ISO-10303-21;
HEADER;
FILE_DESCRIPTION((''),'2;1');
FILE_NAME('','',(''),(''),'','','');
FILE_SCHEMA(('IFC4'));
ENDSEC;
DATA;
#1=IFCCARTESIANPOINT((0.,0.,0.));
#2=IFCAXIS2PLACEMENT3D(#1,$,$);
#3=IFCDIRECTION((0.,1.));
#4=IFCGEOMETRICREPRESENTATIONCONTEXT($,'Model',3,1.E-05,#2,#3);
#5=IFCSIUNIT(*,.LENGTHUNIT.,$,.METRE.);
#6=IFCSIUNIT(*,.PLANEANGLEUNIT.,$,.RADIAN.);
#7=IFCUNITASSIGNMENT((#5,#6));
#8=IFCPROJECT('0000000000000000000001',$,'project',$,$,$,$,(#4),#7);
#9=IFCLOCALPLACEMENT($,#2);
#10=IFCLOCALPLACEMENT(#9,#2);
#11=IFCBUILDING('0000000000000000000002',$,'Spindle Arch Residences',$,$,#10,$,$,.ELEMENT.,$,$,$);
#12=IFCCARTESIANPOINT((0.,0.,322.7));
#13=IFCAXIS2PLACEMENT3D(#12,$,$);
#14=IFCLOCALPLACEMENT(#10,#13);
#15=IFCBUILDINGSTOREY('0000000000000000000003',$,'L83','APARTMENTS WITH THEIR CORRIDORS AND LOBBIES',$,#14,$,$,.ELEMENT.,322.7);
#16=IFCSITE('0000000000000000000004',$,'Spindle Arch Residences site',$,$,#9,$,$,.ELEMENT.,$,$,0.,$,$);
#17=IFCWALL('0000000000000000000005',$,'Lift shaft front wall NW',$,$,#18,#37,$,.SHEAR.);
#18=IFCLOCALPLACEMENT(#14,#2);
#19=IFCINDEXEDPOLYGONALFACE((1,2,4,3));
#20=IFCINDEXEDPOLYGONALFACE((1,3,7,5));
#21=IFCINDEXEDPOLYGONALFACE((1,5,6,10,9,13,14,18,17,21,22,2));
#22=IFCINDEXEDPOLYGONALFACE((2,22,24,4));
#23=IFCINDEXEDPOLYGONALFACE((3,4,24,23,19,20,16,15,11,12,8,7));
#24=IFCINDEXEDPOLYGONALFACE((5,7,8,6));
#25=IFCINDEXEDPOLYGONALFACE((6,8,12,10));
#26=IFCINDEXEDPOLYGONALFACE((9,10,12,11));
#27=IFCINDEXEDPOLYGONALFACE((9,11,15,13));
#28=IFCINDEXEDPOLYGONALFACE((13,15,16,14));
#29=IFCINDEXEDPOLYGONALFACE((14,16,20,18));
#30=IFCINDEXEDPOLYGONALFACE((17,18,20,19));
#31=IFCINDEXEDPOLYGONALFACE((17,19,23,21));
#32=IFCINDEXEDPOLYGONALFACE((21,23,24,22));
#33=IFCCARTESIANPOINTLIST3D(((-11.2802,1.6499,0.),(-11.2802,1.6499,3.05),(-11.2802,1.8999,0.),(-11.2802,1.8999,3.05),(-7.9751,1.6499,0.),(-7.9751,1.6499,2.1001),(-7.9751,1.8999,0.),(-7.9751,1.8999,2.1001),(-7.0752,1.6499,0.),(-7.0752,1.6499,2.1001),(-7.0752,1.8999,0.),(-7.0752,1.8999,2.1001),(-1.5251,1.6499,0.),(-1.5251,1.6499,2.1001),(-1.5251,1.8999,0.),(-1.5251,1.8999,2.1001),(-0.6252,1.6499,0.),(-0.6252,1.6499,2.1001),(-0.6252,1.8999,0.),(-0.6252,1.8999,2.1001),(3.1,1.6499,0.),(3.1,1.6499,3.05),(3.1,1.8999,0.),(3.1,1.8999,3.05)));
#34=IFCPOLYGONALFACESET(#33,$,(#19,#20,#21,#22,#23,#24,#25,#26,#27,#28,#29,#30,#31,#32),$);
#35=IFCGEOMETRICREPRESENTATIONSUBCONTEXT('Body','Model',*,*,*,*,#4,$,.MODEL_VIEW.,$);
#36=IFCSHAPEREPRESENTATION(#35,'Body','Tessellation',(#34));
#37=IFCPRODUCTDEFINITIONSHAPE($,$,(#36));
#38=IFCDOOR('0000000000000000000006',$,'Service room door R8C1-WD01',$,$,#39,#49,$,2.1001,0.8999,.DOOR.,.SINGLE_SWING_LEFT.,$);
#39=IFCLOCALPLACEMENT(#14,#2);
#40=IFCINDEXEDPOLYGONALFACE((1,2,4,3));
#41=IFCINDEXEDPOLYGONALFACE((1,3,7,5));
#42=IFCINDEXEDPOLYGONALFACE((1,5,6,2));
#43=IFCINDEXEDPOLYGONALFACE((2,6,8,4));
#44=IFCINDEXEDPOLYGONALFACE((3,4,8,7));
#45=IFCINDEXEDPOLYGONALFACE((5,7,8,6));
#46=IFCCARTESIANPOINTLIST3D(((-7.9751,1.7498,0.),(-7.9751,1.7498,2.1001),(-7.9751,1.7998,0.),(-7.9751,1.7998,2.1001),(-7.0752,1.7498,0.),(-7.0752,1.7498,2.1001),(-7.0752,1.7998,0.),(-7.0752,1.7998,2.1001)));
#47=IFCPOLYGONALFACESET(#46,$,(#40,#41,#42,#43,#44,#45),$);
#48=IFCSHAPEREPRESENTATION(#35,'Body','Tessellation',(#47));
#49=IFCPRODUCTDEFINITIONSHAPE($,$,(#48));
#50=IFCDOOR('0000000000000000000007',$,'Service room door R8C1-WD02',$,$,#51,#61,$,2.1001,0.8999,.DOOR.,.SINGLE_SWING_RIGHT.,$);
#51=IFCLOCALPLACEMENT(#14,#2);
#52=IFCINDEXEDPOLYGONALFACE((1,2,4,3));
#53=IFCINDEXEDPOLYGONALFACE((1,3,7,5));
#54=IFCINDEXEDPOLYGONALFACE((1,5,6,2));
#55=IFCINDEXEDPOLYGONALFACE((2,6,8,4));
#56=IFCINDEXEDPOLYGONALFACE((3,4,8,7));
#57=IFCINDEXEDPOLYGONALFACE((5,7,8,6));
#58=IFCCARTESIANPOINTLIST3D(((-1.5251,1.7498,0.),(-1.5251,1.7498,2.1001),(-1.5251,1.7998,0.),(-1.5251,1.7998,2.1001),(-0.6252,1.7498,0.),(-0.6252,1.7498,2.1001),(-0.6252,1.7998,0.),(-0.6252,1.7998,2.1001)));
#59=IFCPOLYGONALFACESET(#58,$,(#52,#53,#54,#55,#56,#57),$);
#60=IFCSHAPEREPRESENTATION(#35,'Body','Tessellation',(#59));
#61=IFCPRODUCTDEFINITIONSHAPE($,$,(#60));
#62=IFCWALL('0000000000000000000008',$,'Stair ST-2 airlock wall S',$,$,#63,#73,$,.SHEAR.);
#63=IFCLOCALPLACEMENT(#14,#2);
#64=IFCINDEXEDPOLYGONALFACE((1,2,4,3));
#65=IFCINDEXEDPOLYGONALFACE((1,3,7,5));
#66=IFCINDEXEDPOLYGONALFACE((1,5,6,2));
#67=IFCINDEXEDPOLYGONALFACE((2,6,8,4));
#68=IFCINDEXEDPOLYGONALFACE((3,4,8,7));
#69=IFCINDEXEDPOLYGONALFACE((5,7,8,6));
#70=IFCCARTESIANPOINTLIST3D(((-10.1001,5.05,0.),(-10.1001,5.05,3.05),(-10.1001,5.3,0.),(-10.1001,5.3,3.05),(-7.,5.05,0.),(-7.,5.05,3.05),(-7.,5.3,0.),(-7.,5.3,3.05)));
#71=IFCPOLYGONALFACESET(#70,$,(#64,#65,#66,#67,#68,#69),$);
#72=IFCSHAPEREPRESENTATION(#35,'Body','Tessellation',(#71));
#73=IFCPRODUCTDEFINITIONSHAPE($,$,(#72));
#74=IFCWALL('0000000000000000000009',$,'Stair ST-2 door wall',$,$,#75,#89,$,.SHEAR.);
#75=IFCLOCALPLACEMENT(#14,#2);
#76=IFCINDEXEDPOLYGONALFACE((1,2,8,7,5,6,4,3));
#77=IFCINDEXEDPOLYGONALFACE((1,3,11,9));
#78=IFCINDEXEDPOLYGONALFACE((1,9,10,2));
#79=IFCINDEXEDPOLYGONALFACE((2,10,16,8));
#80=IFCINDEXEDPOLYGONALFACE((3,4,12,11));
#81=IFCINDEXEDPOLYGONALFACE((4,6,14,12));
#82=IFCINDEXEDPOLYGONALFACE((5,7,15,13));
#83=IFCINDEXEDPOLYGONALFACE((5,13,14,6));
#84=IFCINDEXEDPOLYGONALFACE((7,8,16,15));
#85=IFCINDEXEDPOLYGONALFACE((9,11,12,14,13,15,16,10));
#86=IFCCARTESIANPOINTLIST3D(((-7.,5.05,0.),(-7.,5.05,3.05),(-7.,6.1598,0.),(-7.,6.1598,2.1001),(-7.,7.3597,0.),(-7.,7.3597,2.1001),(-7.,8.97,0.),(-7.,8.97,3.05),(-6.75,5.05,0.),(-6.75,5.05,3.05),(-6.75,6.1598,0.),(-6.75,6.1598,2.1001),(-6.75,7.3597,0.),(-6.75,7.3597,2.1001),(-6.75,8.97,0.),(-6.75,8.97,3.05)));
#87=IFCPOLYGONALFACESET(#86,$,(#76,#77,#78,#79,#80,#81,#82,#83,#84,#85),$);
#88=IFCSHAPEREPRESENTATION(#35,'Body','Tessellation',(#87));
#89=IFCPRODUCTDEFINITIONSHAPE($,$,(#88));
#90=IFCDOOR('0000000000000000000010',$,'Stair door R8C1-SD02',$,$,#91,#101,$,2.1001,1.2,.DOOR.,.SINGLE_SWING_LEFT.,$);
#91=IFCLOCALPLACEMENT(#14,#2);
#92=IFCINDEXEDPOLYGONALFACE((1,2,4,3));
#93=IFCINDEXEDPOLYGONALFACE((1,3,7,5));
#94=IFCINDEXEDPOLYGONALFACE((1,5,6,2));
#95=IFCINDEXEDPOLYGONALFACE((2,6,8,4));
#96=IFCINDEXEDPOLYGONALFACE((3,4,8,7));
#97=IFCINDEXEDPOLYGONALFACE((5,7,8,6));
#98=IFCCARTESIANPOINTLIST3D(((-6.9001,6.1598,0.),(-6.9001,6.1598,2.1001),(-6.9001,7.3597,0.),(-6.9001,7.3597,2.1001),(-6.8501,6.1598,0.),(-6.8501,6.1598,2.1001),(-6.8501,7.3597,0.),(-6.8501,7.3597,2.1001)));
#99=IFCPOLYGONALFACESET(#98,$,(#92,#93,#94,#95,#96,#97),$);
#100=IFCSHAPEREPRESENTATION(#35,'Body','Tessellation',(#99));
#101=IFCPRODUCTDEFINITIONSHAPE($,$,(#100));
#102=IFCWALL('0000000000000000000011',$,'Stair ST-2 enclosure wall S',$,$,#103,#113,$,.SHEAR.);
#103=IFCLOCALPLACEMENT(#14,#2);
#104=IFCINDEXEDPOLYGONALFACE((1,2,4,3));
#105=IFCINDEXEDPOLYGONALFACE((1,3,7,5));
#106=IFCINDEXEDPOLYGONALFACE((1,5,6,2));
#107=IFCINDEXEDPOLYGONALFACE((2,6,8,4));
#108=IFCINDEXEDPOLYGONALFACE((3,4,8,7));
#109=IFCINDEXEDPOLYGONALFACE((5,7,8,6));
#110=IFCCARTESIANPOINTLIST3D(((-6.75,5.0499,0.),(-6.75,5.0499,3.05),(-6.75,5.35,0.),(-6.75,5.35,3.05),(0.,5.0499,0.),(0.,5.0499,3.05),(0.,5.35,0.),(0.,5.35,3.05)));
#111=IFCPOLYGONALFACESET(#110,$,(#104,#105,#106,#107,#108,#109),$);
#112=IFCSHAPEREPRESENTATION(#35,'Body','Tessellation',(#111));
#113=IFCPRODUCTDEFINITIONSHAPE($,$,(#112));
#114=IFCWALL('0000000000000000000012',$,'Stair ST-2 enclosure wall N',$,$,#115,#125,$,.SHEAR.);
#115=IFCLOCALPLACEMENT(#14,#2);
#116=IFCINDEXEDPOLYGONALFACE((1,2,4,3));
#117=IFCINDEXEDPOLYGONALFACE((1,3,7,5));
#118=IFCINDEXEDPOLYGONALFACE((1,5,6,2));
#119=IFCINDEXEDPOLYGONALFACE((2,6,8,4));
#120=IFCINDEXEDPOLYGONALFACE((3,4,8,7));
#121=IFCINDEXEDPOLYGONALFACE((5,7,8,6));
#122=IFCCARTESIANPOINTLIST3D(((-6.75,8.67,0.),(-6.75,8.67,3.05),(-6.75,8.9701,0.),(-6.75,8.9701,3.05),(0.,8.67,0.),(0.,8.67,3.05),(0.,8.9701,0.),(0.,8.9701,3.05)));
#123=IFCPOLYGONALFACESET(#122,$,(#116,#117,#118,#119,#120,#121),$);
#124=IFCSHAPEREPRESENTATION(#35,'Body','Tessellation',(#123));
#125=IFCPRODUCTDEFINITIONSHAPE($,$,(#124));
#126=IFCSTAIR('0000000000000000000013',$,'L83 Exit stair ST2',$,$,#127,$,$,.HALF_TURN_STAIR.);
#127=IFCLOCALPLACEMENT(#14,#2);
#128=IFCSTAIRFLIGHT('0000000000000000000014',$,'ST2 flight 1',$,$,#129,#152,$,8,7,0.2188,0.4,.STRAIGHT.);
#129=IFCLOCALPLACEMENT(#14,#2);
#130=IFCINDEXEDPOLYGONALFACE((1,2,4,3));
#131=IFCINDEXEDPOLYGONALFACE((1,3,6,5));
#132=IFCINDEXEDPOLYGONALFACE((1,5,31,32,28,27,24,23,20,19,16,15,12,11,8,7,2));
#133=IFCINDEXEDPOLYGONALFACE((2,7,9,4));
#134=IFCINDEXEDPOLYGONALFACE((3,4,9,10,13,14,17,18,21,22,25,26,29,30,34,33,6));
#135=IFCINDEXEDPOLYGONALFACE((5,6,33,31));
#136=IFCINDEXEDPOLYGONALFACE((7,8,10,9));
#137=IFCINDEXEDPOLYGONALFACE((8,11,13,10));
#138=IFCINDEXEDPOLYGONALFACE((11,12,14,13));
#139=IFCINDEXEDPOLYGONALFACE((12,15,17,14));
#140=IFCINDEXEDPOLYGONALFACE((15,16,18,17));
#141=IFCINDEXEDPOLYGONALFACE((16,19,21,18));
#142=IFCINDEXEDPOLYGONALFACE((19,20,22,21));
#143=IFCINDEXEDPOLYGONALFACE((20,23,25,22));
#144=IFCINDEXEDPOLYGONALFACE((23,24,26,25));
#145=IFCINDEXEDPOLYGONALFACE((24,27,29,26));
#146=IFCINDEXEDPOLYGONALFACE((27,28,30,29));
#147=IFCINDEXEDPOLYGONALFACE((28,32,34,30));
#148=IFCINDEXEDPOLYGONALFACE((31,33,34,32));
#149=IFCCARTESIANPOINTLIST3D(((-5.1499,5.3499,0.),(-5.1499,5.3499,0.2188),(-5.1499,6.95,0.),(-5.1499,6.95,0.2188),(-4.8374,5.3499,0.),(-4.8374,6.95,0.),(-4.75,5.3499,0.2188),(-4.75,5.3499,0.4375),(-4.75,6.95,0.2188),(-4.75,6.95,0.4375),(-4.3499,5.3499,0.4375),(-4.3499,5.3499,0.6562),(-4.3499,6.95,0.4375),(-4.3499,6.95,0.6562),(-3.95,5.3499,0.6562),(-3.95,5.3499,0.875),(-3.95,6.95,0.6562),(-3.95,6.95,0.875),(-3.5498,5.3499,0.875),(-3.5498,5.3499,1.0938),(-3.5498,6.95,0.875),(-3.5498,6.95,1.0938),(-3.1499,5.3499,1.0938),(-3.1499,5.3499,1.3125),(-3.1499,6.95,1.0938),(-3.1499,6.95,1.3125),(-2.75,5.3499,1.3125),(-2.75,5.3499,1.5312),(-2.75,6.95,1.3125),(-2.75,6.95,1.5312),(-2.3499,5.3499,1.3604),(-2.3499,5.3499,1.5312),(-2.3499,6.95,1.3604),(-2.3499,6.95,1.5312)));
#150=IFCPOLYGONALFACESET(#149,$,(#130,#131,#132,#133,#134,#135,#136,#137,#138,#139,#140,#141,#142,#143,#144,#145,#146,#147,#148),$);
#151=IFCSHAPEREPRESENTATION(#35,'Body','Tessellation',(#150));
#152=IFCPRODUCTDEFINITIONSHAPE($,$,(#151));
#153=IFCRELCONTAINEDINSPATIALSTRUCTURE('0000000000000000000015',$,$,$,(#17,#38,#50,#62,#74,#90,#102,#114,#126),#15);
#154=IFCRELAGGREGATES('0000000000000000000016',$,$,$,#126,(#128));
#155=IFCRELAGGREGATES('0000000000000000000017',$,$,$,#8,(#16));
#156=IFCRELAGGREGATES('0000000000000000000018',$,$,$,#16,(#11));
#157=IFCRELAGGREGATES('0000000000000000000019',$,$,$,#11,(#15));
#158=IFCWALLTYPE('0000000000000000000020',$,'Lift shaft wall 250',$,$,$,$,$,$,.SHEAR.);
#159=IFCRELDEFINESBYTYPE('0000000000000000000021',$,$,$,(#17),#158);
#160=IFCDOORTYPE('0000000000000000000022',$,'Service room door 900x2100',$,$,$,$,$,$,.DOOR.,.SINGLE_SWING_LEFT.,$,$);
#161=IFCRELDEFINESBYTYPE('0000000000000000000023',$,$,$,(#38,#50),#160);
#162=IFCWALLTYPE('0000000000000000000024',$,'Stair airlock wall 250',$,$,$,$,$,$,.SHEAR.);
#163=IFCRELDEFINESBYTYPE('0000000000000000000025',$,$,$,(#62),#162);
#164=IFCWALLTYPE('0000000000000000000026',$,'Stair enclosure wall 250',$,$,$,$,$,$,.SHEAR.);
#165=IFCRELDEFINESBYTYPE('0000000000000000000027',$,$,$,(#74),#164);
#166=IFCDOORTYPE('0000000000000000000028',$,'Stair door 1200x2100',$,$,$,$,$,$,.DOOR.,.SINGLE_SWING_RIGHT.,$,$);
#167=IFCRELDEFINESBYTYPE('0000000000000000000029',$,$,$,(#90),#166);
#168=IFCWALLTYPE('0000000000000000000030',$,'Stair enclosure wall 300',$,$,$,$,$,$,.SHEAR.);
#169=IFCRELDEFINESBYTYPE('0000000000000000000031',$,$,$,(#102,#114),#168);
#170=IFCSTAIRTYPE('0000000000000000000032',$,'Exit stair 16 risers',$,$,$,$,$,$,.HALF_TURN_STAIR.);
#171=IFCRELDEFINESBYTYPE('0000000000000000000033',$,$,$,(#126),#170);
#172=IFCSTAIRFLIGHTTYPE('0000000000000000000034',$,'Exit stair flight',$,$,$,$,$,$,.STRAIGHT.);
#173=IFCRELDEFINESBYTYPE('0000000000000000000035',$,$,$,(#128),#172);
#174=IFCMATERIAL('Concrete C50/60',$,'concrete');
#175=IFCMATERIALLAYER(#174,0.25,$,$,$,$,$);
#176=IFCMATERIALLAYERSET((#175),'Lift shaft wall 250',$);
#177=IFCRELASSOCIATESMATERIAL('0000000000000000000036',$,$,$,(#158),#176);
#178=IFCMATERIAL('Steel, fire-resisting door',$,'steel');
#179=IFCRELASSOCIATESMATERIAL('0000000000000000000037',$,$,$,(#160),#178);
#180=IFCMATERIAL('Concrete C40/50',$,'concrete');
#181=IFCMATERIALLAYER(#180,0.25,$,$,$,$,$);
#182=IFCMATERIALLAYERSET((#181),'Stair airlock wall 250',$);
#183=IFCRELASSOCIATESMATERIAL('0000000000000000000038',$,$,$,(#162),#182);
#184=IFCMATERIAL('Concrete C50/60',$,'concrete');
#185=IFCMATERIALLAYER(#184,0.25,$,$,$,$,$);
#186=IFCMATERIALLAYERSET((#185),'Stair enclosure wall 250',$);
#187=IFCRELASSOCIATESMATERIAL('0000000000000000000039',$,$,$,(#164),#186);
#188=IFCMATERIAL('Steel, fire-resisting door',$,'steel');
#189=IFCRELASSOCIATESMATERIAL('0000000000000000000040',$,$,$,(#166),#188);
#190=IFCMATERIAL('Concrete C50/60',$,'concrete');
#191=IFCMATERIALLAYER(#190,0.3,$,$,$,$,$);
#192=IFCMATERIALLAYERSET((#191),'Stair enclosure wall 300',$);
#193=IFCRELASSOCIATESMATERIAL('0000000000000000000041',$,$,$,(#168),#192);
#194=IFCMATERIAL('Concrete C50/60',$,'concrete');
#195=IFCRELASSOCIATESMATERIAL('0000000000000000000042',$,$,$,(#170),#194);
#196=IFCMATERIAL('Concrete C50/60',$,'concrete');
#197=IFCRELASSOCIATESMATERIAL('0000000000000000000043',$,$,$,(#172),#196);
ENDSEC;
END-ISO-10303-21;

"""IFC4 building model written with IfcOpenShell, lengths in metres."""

from ifc_helpers import new_model, si_unit, direction, frame, frame_2d, origin, place, context, subcontext, project, spatial, polyline, rectangle, outline, extrude, material, layer, layer_set, type_object, element, fill, aggregate, save


model = new_model("IFC4")

# Units and contexts
model_context = context("Model", 3, precision=1e-05, world=origin(), true_north=direction((0.0, 1.0)))
body_context = subcontext(model_context, "Body", "Model", "MODEL_VIEW")
ifc_project = project(units=[si_unit("LENGTHUNIT", "METRE"), si_unit("PLANEANGLEUNIT", "RADIAN")], contexts=[model_context])

# Site, building, storey
site_placement = place(None, origin())
site = spatial("IfcSite", under=ifc_project, at=site_placement, Name="Spindle Arch Residences site", CompositionType="ELEMENT", RefElevation=0.0)
building_placement = place(site_placement, origin())
building = spatial("IfcBuilding", under=site, at=building_placement, Name="Spindle Arch Residences", CompositionType="ELEMENT")
storey_placement = place(building_placement, frame((0.0, 0.0, 322.7)))
storey = spatial("IfcBuildingStorey", under=building, at=storey_placement, Name="L83", Description="APARTMENTS WITH THEIR CORRIDORS AND LOBBIES", CompositionType="ELEMENT", Elevation=322.7)

# Wall, openings, doors
ifc_material_1 = material(Name="Concrete C50/60", Category="concrete")
ifc_layer_1 = layer(ifc_material_1, 0.25)
ifc_layer_set_1 = layer_set([ifc_layer_1], Name="Lift shaft wall 250")
wall_type_1 = type_object("IfcWallType", Name="Lift shaft wall 250", PredefinedType="SHEAR", material=ifc_layer_set_1)
wall_1_placement = place(storey_placement, frame((-11.28, 1.7749, 0.0), z_axis=(0.0, 0.0, 1.0), x_axis=(1.0, 0.0, 0.0)))
wall_1 = element("IfcWall", 1, at=wall_1_placement, inside=storey, type_object=wall_type_1, Name="Lift shaft front wall NW", PredefinedType="SHEAR", context=body_context, shape_type="SweptSolid", body=[
    extrude(rectangle(XDim=14.3801, YDim=0.25, at=frame_2d((7.1899, 0.0))), origin(), (0.0, 0.0, 1.0), 3.05),
])
opening_1_placement = place(wall_1_placement, frame((3.3049, 0.0, 0.0)))
opening_1 = element("IfcOpeningElement", 2, at=opening_1_placement, cuts=wall_1, PredefinedType="OPENING", context=body_context, shape_type="SweptSolid", body=[
    extrude(rectangle(XDim=0.8999, YDim=2.1001, at=frame_2d((0.45, 1.05))), frame((0.0, 0.135, 0.0), z_axis=(0.0, -1.0, 0.0), x_axis=(1.0, 0.0, 0.0)), (0.0, 0.0, 1.0), 0.27),
])
opening_2_placement = place(wall_1_placement, frame((9.7549, 0.0, 0.0)))
opening_2 = element("IfcOpeningElement", 3, at=opening_2_placement, cuts=wall_1, PredefinedType="OPENING", context=body_context, shape_type="SweptSolid", body=[
    extrude(rectangle(XDim=0.8999, YDim=2.1001, at=frame_2d((0.45, 1.05))), frame((0.0, 0.135, 0.0), z_axis=(0.0, -1.0, 0.0), x_axis=(1.0, 0.0, 0.0)), (0.0, 0.0, 1.0), 0.27),
])
ifc_material_2 = material(Name="Steel, fire-resisting door", Category="steel")
door_type_1 = type_object("IfcDoorType", Name="Service room door 900x2100", OperationType="SINGLE_SWING_LEFT", PredefinedType="DOOR", material=ifc_material_2)
door_1_placement = place(opening_1_placement, origin())
door_1 = element("IfcDoor", 4, at=door_1_placement, inside=storey, type_object=door_type_1, Name="Service room door R8C1-WD01", OperationType="SINGLE_SWING_LEFT", OverallHeight=2.1001, OverallWidth=0.8999, PredefinedType="DOOR", context=body_context, shape_type="SweptSolid", body=[
    extrude(rectangle(XDim=0.8999, YDim=2.1001, at=frame_2d((0.45, 1.05))), frame((0.0, 0.0249, 0.0), z_axis=(0.0, -1.0, 0.0), x_axis=(1.0, 0.0, 0.0)), (0.0, 0.0, 1.0), 0.05),
])
fill(opening_1, door_1)
door_2_placement = place(opening_2_placement, origin())
door_2 = element("IfcDoor", 5, at=door_2_placement, inside=storey, type_object=door_type_1, Name="Service room door R8C1-WD02", OperationType="SINGLE_SWING_RIGHT", OverallHeight=2.1001, OverallWidth=0.8999, PredefinedType="DOOR", context=body_context, shape_type="SweptSolid", body=[
    extrude(rectangle(XDim=0.8999, YDim=2.1001, at=frame_2d((0.45, 1.05))), frame((0.0, 0.0249, 0.0), z_axis=(0.0, -1.0, 0.0), x_axis=(1.0, 0.0, 0.0)), (0.0, 0.0, 1.0), 0.05),
])
fill(opening_2, door_2)

# Wall
ifc_material_3 = material(Name="Concrete C40/50", Category="concrete")
ifc_layer_2 = layer(ifc_material_3, 0.25)
ifc_layer_set_2 = layer_set([ifc_layer_2], Name="Stair airlock wall 250")
wall_type_2 = type_object("IfcWallType", Name="Stair airlock wall 250", PredefinedType="SHEAR", material=ifc_layer_set_2)
wall_2_placement = place(storey_placement, frame((-7.0, 5.175, 0.0), z_axis=(0.0, 0.0, 1.0), x_axis=(-1.0, 0.0, 0.0)))
element("IfcWall", 6, at=wall_2_placement, inside=storey, type_object=wall_type_2, Name="Stair ST-2 airlock wall S", PredefinedType="SHEAR", context=body_context, shape_type="SweptSolid", body=[
    extrude(rectangle(XDim=3.1001, YDim=0.25, at=frame_2d((1.55, 0.0))), origin(), (0.0, 0.0, 1.0), 3.05),
])

# Wall, opening, door
ifc_material_4 = material(Name="Concrete C50/60", Category="concrete")
ifc_layer_3 = layer(ifc_material_4, 0.25)
ifc_layer_set_3 = layer_set([ifc_layer_3], Name="Stair enclosure wall 250")
wall_type_3 = type_object("IfcWallType", Name="Stair enclosure wall 250", PredefinedType="SHEAR", material=ifc_layer_set_3)
wall_3_placement = place(storey_placement, frame((-6.875, 8.97, 0.0), z_axis=(0.0, 0.0, 1.0), x_axis=(0.0, -1.0, 0.0)))
wall_3 = element("IfcWall", 7, at=wall_3_placement, inside=storey, type_object=wall_type_3, Name="Stair ST-2 door wall", PredefinedType="SHEAR", context=body_context, shape_type="SweptSolid", body=[
    extrude(rectangle(XDim=3.9199, YDim=0.25, at=frame_2d((1.96, 0.0))), origin(), (0.0, 0.0, 1.0), 3.05),
])
opening_3_placement = place(wall_3_placement, frame((1.6101, 0.0, 0.0)))
opening_3 = element("IfcOpeningElement", 8, at=opening_3_placement, cuts=wall_3, PredefinedType="OPENING", context=body_context, shape_type="SweptSolid", body=[
    extrude(rectangle(XDim=1.2, YDim=2.1001, at=frame_2d((0.6001, 1.05))), frame((0.0, 0.135, 0.0), z_axis=(0.0, -1.0, 0.0), x_axis=(1.0, 0.0, 0.0)), (0.0, 0.0, 1.0), 0.27),
])
ifc_material_5 = material(Name="Steel, fire-resisting door", Category="steel")
door_type_2 = type_object("IfcDoorType", Name="Stair door 1200x2100", OperationType="SINGLE_SWING_RIGHT", PredefinedType="DOOR", material=ifc_material_5)
door_3_placement = place(opening_3_placement, origin())
door_3 = element("IfcDoor", 9, at=door_3_placement, inside=storey, type_object=door_type_2, Name="Stair door R8C1-SD02", OperationType="SINGLE_SWING_LEFT", OverallHeight=2.1001, OverallWidth=1.2, PredefinedType="DOOR", context=body_context, shape_type="SweptSolid", body=[
    extrude(rectangle(XDim=1.2, YDim=2.1001, at=frame_2d((0.6001, 1.05))), frame((0.0, 0.0249, 0.0), z_axis=(0.0, -1.0, 0.0), x_axis=(1.0, 0.0, 0.0)), (0.0, 0.0, 1.0), 0.05),
])
fill(opening_3, door_3)

# Walls
ifc_material_6 = material(Name="Concrete C50/60", Category="concrete")
ifc_layer_4 = layer(ifc_material_6, 0.3)
ifc_layer_set_4 = layer_set([ifc_layer_4], Name="Stair enclosure wall 300")
wall_type_4 = type_object("IfcWallType", Name="Stair enclosure wall 300", PredefinedType="SHEAR", material=ifc_layer_set_4)
for number, where, z_axis, x_axis, name in (
    (10, (-6.75, 5.2, 0.0), (0.0, 0.0, 1.0), (1.0, 0.0, 0.0), "Stair ST-2 enclosure wall S"),
    (11, (-6.75, 8.8201, 0.0), (0.0, 0.0, 1.0), (1.0, 0.0, 0.0), "Stair ST-2 enclosure wall N"),
):
    element("IfcWall", number, at=place(storey_placement, frame(where, z_axis=z_axis, x_axis=x_axis)), inside=storey, type_object=wall_type_4, Name=name, PredefinedType="SHEAR", context=body_context, shape_type="SweptSolid", body=[
        extrude(rectangle(XDim=6.75, YDim=0.3, at=frame_2d((3.375, 0.0))), origin(), (0.0, 0.0, 1.0), 3.05),
    ])

# Stair, stair flight
ifc_material_7 = material(Name="Concrete C50/60", Category="concrete")
stair_type = type_object("IfcStairType", Name="Exit stair 16 risers", PredefinedType="HALF_TURN_STAIR", material=ifc_material_7)
stair_placement = place(storey_placement, origin())
stair = element("IfcStair", 12, at=stair_placement, inside=storey, type_object=stair_type, Name="L83 Exit stair ST2", PredefinedType="HALF_TURN_STAIR")
ifc_material_8 = material(Name="Concrete C50/60", Category="concrete")
stair_flight_type = type_object("IfcStairFlightType", Name="Exit stair flight", PredefinedType="STRAIGHT", material=ifc_material_8)
stair_flight_1_placement = place(storey_placement, frame((-5.1499, 6.1499, 0.0), z_axis=(0.0, 0.0, 1.0), x_axis=(1.0, 0.0, 0.0)))
stair_flight_1 = element("IfcStairFlight", 13, at=stair_flight_1_placement, type_object=stair_flight_type, Name="ST2 flight 1", NumberOfRisers=8, NumberOfTreads=7, PredefinedType="STRAIGHT", RiserHeight=0.2188, TreadLength=0.4, context=body_context, shape_type="SweptSolid", body=[
    extrude(outline(polyline([(0.0, 0.0), (0.0, 0.2188), (0.3999, 0.2188), (0.3999, 0.4375), (0.8, 0.4375), (0.8, 0.6562), (1.2, 0.6562), (1.2, 0.875), (1.6001, 0.875), (1.6001, 1.0938), (2.0, 1.0938), (2.0, 1.3125), (2.3999, 1.3125), (2.3999, 1.5312), (2.8, 1.5312), (2.8, 1.75), (2.8, 1.3604), (0.3125, 0.0), (0.0, 0.0)])), frame((0.0, 0.8, 0.0), z_axis=(0.0, -1.0, 0.0), x_axis=(1.0, 0.0, 0.0)), (0.0, 0.0, 1.0), 1.6001),
])
aggregate(stair, [stair_flight_1])

save(model, "model.ifc")
